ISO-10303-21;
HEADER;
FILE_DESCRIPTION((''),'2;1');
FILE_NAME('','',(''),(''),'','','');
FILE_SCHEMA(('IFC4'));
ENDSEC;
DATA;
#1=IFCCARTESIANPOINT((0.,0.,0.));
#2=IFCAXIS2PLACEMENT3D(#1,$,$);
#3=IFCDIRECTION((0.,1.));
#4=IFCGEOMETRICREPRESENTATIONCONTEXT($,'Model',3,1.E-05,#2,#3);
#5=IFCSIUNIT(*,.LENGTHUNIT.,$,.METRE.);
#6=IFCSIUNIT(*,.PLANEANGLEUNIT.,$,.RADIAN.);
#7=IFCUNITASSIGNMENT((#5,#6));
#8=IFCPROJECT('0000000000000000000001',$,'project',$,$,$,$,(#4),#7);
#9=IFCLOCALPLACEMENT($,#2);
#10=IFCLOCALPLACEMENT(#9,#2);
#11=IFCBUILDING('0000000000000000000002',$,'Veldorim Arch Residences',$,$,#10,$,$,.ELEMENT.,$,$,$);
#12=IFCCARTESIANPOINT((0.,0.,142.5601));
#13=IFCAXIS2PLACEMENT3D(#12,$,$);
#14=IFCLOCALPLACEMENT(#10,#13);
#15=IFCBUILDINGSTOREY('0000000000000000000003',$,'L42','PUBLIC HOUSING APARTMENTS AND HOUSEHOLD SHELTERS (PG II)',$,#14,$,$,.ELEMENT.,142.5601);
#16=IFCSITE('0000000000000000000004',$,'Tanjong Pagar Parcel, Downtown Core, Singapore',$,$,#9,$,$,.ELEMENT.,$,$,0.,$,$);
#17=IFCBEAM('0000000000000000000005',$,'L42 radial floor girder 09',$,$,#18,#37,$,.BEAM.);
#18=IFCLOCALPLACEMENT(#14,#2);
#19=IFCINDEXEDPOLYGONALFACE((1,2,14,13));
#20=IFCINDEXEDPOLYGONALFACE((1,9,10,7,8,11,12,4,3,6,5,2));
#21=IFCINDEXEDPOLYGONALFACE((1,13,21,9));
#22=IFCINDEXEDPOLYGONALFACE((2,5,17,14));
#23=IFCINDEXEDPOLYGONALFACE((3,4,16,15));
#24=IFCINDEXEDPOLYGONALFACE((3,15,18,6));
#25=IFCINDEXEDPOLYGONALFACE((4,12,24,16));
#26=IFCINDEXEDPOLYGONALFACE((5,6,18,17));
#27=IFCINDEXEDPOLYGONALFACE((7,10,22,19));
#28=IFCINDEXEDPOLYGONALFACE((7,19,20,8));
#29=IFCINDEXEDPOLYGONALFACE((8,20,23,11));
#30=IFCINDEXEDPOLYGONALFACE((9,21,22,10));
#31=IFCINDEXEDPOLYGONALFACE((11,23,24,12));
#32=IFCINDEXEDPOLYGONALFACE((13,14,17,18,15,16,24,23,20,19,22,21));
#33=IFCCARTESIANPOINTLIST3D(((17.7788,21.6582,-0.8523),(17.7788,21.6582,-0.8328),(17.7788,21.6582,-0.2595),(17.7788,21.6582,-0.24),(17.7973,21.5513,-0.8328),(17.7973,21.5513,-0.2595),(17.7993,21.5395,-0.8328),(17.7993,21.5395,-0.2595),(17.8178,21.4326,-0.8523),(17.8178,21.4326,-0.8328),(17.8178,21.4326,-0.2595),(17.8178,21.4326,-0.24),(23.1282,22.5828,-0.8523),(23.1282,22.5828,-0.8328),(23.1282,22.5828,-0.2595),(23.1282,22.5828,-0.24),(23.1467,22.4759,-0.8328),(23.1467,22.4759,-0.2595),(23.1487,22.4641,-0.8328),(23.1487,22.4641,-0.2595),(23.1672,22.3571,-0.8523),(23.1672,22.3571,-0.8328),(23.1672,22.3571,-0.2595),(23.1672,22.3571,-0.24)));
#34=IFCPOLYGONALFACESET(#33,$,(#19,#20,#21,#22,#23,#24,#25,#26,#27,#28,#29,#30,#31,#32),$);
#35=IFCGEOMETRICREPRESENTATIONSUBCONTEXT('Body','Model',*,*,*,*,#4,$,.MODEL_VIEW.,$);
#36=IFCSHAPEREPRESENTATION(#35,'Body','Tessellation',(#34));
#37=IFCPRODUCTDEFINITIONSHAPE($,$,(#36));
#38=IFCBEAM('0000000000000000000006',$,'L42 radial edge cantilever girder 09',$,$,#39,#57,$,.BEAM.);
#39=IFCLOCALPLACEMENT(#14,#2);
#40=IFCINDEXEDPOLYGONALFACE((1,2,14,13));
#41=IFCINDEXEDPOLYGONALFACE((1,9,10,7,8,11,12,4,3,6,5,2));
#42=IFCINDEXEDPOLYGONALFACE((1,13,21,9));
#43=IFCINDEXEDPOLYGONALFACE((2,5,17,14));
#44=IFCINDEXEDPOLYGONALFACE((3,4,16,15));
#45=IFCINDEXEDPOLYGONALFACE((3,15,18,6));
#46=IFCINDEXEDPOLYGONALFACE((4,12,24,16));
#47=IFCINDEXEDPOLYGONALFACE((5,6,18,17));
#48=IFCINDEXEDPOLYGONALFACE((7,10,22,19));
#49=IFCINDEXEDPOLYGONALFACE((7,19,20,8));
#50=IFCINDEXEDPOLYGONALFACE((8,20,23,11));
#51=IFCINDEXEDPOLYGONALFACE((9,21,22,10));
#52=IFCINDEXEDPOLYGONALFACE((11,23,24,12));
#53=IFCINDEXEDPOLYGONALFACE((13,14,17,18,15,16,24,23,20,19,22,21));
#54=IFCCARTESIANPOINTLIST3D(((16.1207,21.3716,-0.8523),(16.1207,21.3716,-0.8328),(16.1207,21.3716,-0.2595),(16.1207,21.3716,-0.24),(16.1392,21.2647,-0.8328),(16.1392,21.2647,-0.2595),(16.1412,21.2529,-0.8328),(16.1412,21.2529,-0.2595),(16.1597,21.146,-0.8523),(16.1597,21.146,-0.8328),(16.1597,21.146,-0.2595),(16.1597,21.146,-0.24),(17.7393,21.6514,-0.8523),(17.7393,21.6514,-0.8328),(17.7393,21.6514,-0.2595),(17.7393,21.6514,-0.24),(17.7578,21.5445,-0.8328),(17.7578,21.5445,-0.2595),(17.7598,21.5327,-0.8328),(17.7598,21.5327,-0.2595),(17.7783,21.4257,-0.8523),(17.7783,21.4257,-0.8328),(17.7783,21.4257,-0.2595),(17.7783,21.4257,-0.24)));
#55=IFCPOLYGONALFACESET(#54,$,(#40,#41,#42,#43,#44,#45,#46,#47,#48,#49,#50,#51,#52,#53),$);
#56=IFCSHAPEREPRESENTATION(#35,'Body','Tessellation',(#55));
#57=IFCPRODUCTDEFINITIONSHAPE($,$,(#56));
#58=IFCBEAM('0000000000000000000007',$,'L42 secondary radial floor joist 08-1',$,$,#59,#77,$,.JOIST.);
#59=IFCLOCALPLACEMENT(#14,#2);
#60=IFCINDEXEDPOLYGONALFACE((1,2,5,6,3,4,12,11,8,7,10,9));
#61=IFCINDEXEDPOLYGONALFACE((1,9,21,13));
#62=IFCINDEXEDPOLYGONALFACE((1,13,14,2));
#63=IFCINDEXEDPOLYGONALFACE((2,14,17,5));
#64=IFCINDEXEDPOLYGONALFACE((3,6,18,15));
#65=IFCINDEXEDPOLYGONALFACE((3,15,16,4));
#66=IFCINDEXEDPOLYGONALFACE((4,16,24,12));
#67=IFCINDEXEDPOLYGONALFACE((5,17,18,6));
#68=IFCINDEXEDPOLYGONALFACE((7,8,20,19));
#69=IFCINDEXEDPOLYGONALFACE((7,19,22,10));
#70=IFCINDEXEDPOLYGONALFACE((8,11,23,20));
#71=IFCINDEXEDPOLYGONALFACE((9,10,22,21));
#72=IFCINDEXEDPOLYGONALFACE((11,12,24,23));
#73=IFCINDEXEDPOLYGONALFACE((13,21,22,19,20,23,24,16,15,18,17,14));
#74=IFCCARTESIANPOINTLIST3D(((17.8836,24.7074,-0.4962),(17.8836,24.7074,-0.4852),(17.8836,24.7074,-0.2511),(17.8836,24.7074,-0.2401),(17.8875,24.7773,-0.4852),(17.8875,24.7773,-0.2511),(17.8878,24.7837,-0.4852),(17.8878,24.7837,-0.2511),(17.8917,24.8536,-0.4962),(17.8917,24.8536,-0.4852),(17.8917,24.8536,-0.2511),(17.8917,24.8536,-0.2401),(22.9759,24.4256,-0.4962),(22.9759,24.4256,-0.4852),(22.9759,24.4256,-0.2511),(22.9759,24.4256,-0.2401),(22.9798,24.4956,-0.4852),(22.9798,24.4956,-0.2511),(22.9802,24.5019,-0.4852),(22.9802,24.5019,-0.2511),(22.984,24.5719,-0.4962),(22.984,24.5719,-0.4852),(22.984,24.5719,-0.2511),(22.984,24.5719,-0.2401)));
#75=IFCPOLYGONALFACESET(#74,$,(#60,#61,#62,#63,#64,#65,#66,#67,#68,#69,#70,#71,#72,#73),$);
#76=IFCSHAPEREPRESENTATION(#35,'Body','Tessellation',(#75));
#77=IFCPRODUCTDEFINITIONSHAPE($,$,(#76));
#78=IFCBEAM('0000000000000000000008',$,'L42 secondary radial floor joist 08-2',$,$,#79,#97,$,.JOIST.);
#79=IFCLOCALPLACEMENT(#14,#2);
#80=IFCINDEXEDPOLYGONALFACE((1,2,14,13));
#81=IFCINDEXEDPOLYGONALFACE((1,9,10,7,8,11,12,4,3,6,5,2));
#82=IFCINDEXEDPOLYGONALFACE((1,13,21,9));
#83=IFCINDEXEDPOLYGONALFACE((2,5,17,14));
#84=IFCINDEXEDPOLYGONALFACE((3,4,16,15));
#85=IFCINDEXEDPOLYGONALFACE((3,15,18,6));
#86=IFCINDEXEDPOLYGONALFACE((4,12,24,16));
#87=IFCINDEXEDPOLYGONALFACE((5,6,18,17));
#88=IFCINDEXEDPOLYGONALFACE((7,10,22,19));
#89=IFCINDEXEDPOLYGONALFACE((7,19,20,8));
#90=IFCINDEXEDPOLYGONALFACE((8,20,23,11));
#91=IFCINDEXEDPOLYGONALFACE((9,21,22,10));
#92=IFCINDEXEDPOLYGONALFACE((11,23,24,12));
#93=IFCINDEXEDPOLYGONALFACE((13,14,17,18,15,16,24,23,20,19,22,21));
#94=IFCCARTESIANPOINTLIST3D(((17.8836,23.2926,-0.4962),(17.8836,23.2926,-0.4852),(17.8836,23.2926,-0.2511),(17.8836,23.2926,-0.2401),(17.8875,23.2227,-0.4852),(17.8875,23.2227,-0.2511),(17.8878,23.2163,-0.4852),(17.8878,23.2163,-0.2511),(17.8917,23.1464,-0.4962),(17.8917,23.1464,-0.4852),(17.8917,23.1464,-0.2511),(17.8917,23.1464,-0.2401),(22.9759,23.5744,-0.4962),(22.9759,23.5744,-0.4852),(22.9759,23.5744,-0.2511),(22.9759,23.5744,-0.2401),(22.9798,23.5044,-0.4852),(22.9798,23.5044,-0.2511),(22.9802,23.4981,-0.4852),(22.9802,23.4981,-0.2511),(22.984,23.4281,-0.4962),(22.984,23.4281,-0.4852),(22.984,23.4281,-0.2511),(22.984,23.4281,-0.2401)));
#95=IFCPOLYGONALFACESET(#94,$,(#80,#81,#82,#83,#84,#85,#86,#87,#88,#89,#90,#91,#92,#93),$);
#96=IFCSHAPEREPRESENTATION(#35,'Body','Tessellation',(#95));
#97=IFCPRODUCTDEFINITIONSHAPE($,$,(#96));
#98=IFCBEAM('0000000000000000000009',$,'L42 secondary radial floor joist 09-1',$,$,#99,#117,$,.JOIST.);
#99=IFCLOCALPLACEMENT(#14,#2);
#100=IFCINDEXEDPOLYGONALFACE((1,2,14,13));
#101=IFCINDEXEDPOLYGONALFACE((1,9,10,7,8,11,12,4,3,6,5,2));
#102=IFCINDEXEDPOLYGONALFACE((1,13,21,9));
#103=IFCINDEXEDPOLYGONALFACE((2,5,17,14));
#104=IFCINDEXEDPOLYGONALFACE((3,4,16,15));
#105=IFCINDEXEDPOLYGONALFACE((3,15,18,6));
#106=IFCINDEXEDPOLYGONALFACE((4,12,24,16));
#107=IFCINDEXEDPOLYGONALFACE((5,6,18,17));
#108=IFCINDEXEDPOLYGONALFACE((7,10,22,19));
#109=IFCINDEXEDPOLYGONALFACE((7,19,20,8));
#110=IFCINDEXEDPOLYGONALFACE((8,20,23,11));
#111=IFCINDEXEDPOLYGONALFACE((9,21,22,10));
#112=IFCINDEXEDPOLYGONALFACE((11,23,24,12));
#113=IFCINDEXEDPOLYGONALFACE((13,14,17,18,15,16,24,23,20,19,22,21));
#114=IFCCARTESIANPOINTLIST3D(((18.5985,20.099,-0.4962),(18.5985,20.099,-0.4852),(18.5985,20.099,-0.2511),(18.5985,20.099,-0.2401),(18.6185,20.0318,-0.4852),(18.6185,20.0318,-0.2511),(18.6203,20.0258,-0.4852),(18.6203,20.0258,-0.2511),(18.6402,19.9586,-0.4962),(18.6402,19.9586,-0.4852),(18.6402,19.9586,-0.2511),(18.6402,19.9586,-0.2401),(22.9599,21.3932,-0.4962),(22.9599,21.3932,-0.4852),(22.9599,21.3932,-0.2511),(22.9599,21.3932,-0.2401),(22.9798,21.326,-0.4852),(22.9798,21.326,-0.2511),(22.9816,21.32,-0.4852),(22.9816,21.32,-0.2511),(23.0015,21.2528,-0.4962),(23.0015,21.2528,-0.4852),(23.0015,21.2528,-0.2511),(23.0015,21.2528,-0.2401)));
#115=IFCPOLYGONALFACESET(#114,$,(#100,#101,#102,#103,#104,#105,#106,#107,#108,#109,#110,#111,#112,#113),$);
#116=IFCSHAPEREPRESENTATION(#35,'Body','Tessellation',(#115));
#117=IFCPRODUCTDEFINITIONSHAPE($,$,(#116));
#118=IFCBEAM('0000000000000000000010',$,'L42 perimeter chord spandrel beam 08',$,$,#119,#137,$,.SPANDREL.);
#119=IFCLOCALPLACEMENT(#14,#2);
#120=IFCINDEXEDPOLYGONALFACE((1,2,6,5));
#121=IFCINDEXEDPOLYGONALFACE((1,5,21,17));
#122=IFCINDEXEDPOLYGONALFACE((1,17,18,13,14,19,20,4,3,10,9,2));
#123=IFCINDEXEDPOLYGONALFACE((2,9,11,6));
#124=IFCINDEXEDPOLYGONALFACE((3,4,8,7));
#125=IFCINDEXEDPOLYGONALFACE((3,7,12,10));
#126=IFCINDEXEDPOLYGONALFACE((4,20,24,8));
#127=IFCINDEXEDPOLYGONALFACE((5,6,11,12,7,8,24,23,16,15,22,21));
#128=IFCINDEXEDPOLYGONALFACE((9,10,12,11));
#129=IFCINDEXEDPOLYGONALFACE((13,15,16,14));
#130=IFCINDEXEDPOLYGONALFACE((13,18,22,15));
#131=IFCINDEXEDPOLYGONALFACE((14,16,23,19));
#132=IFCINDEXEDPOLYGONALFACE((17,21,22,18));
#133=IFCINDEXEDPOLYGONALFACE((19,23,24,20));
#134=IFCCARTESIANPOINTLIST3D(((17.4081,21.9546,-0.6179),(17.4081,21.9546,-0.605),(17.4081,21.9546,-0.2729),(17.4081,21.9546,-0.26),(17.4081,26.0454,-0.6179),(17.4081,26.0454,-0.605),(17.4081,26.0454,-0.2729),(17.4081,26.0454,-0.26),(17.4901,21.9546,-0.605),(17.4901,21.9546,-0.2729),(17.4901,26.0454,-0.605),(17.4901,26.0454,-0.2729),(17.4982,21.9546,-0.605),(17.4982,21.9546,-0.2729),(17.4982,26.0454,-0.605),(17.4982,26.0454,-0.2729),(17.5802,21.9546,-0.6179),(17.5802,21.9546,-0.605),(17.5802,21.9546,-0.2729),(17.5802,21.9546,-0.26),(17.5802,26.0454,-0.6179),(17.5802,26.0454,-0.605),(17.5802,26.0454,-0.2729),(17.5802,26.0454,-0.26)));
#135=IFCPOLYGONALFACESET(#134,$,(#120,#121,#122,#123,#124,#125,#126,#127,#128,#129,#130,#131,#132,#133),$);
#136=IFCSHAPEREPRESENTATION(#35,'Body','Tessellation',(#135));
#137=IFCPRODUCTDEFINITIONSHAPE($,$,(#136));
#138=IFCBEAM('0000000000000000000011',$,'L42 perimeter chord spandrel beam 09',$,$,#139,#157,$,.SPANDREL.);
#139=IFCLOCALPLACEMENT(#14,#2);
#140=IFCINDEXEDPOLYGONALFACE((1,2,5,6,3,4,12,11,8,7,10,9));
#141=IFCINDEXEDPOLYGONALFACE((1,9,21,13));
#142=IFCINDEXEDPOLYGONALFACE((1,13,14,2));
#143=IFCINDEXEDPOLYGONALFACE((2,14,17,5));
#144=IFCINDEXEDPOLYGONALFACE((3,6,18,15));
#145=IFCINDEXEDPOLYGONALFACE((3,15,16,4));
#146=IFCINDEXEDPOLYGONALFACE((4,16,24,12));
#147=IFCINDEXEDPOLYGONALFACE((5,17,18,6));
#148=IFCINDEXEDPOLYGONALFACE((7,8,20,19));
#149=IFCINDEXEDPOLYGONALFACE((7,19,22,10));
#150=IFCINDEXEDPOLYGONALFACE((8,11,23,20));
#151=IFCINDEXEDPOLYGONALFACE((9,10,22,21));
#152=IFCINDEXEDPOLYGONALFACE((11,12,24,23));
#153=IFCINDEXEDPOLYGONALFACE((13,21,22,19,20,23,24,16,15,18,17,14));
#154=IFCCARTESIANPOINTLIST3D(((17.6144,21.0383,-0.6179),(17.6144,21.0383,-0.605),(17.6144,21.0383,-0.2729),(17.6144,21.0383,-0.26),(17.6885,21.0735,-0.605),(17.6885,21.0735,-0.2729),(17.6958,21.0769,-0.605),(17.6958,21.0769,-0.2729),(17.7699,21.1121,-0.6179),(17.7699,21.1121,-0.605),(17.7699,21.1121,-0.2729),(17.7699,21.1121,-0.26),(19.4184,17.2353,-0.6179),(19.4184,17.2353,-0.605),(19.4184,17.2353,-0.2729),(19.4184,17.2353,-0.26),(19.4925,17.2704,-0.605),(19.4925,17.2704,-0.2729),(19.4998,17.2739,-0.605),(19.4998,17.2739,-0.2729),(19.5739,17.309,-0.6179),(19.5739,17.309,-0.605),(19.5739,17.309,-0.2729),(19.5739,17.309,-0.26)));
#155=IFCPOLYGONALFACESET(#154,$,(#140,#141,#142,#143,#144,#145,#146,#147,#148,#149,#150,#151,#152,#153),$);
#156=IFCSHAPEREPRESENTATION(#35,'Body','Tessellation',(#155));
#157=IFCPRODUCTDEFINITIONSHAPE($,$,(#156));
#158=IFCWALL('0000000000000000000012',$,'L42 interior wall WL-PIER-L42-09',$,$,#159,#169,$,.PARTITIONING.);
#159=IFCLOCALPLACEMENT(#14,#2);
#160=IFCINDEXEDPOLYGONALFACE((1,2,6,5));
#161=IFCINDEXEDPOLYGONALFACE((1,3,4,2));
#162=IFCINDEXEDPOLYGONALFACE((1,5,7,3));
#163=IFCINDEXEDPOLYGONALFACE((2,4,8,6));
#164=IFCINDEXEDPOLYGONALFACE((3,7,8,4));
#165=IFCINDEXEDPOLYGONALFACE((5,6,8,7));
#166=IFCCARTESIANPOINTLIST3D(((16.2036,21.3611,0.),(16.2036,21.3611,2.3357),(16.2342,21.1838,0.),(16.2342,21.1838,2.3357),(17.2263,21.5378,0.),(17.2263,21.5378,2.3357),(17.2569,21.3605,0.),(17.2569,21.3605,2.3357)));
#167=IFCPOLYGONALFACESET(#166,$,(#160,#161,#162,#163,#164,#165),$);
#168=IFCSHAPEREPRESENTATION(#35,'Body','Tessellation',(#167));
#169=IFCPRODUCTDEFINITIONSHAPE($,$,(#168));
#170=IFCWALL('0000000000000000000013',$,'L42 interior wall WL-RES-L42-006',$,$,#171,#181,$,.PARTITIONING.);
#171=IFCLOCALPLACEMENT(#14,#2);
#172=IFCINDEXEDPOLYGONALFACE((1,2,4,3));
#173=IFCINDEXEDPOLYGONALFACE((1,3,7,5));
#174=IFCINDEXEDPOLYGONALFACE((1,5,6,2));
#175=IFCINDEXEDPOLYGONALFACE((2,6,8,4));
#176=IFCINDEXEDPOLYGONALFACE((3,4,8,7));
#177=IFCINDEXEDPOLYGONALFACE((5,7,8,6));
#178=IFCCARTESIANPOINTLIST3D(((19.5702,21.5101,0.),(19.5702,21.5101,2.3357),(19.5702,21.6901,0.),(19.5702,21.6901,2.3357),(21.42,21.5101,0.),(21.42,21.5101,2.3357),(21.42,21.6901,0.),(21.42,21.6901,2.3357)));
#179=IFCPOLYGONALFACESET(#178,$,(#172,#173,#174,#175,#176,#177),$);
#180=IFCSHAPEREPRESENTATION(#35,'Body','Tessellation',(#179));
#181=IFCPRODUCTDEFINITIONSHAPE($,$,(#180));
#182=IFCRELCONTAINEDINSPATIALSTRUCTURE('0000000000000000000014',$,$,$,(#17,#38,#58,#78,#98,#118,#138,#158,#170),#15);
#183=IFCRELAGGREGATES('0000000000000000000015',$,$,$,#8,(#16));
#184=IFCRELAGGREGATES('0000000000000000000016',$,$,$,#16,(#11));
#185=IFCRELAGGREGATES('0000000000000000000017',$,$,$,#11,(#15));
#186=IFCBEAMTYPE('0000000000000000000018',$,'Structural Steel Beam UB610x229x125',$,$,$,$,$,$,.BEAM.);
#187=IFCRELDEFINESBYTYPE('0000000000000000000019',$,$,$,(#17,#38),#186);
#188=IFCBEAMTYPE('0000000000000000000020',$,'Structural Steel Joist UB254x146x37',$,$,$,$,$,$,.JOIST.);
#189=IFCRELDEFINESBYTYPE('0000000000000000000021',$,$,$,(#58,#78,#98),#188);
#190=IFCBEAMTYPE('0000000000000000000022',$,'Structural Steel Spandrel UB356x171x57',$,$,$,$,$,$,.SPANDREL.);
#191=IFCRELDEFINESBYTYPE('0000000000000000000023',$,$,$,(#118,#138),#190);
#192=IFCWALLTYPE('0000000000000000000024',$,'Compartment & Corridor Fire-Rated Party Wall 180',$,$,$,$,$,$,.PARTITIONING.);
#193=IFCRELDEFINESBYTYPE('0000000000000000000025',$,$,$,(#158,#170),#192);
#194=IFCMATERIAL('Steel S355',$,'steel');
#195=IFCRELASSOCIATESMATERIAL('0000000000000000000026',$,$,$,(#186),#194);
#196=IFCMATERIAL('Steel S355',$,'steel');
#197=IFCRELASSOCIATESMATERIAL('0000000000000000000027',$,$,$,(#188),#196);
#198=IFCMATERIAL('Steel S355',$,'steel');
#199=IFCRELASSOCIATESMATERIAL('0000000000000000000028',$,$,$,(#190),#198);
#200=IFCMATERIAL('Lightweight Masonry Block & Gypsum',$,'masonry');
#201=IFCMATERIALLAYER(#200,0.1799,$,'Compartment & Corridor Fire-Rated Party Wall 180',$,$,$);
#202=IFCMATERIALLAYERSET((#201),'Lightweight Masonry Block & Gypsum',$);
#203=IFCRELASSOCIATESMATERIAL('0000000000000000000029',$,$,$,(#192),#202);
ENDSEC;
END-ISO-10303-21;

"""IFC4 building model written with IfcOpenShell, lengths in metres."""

from ifc_helpers import new_model, si_unit, direction, frame, frame_2d, origin, origin_2d, place, context, subcontext, project, spatial, rectangle, i_section, extrude, material, layer, layer_set, material_profile, profile_set, type_object, element, save


model = new_model("IFC4")

# Units and contexts
model_context = context("Model", 3, precision=1e-05, world=origin(), true_north=direction((0.0, 1.0)))
body_context = subcontext(model_context, "Body", "Model", "MODEL_VIEW")
ifc_project = project(units=[si_unit("LENGTHUNIT", "METRE"), si_unit("PLANEANGLEUNIT", "RADIAN")], contexts=[model_context])

# Site, building, storey
site_placement = place(None, origin())
site = spatial("IfcSite", under=ifc_project, at=site_placement, Name="Tanjong Pagar Parcel, Downtown Core, Singapore", CompositionType="ELEMENT", RefElevation=0.0)
building_placement = place(site_placement, origin())
building = spatial("IfcBuilding", under=site, at=building_placement, Name="Veldorim Arch Residences", CompositionType="ELEMENT")
storey_placement = place(building_placement, frame((0.0, 0.0, 142.5601)))
storey = spatial("IfcBuildingStorey", under=building, at=storey_placement, Name="L42", Description="PUBLIC HOUSING APARTMENTS AND HOUSEHOLD SHELTERS (PG II)", CompositionType="ELEMENT", Elevation=142.5601)

# Beams
ifc_material_1 = material(Name="Steel S355", Category="steel")
ifc_material_profile_1 = material_profile(ifc_material_1, i_section(OverallWidth=0.229, OverallDepth=0.6123, WebThickness=0.012, FlangeThickness=0.0195, at=origin_2d()), Name="UB610x229x125")
ifc_profile_set_1 = profile_set([ifc_material_profile_1], Name="Steel S355")
beam_type_1 = type_object("IfcBeamType", Name="Structural Steel Beam UB610x229x125", PredefinedType="BEAM", material=ifc_profile_set_1)
beam_1_placement = place(storey_placement, frame((23.1477, 22.47, -0.5461), z_axis=(-0.98539, -0.170311, 0.0), x_axis=(0.170311, -0.98539, 0.0)))
element("IfcBeam", 1, at=beam_1_placement, inside=storey, type_object=beam_type_1, Name="L42 radial floor girder 09", PredefinedType="BEAM", context=body_context, shape_type="SweptSolid", body=[
    extrude(i_section(OverallWidth=0.229, OverallDepth=0.6123, WebThickness=0.012, FlangeThickness=0.0195, at=origin_2d()), origin(), (0.0, 0.0, 1.0), 5.4287),
])
beam_2_placement = place(storey_placement, frame((17.7588, 21.5386, -0.5461), z_axis=(-0.985388, -0.170325, 0.0), x_axis=(0.170325, -0.985388, 0.0)))
element("IfcBeam", 2, at=beam_2_placement, inside=storey, type_object=beam_type_1, Name="L42 radial edge cantilever girder 09", PredefinedType="BEAM", context=body_context, shape_type="SweptSolid", body=[
    extrude(i_section(OverallWidth=0.229, OverallDepth=0.6123, WebThickness=0.012, FlangeThickness=0.0195, at=origin_2d()), origin(), (0.0, 0.0, 1.0), 1.6426),
])
ifc_material_2 = material(Name="Steel S355", Category="steel")
ifc_material_profile_2 = material_profile(ifc_material_2, i_section(OverallWidth=0.1465, OverallDepth=0.2561, WebThickness=0.0063, FlangeThickness=0.011, at=origin_2d()), Name="UB254x146x37")
ifc_profile_set_2 = profile_set([ifc_material_profile_2], Name="Steel S355")
beam_type_2 = type_object("IfcBeamType", Name="Structural Steel Joist UB254x146x37", PredefinedType="JOIST", material=ifc_profile_set_2)
for number, where, z_axis, x_axis, name in (
    (3, (22.98, 24.4988, -0.3682), (-0.998473, 0.055242, 0.0), (-0.055242, -0.998473, 0.0), "L42 secondary radial floor joist 08-1"),
    (4, (22.98, 23.5012, -0.3682), (-0.998473, -0.055242, 0.0), (0.055242, -0.998473, 0.0), "L42 secondary radial floor joist 08-2"),
):
    element("IfcBeam", number, at=place(storey_placement, frame(where, z_axis=z_axis, x_axis=x_axis)), inside=storey, type_object=beam_type_2, Name=name, PredefinedType="JOIST", context=body_context, shape_type="SweptSolid", body=[
        extrude(i_section(OverallWidth=0.1465, OverallDepth=0.2561, WebThickness=0.0063, FlangeThickness=0.011, at=origin_2d()), origin(), (0.0, 0.0, 1.0), 5.1001),
    ])
beam_3_placement = place(storey_placement, frame((22.9807, 21.323, -0.3682), z_axis=(-0.958682, -0.284481, 0.0), x_axis=(0.284481, -0.958682, 0.0)))
element("IfcBeam", 5, at=beam_3_placement, inside=storey, type_object=beam_type_2, Name="L42 secondary radial floor joist 09-1", PredefinedType="JOIST", context=body_context, shape_type="SweptSolid", body=[
    extrude(i_section(OverallWidth=0.1465, OverallDepth=0.2561, WebThickness=0.0063, FlangeThickness=0.011, at=origin_2d()), origin(), (0.0, 0.0, 1.0), 4.5493),
])
ifc_material_3 = material(Name="Steel S355", Category="steel")
ifc_material_profile_3 = material_profile(ifc_material_3, i_section(OverallWidth=0.1721, OverallDepth=0.3579, WebThickness=0.0081, FlangeThickness=0.0129, at=origin_2d()), Name="UB356x171x57")
ifc_profile_set_3 = profile_set([ifc_material_profile_3], Name="Steel S355")
beam_type_3 = type_object("IfcBeamType", Name="Structural Steel Spandrel UB356x171x57", PredefinedType="SPANDREL", material=ifc_profile_set_3)
beam_4_placement = place(storey_placement, frame((17.4941, 26.0454, -0.439), z_axis=(0.0, -1.0, 0.0), x_axis=(1.0, 0.0, 0.0)))
element("IfcBeam", 6, at=beam_4_placement, inside=storey, type_object=beam_type_3, Name="L42 perimeter chord spandrel beam 08", PredefinedType="SPANDREL", context=body_context, shape_type="SweptSolid", body=[
    extrude(i_section(OverallWidth=0.1721, OverallDepth=0.3579, WebThickness=0.0081, FlangeThickness=0.0129, at=origin_2d()), origin(), (0.0, 0.0, 1.0), 4.0908),
])
beam_5_placement = place(storey_placement, frame((17.6921, 21.0752, -0.439), z_axis=(0.42858, -0.903504, 0.0), x_axis=(0.903504, 0.42858, 0.0)))
element("IfcBeam", 7, at=beam_5_placement, inside=storey, type_object=beam_type_3, Name="L42 perimeter chord spandrel beam 09", PredefinedType="SPANDREL", context=body_context, shape_type="SweptSolid", body=[
    extrude(i_section(OverallWidth=0.1721, OverallDepth=0.3579, WebThickness=0.0081, FlangeThickness=0.0129, at=origin_2d()), origin(), (0.0, 0.0, 1.0), 4.2092),
])

# Walls
ifc_material_4 = material(Name="Lightweight Masonry Block & Gypsum", Category="masonry")
ifc_layer_1 = layer(ifc_material_4, 0.1799, Name="Compartment & Corridor Fire-Rated Party Wall 180")
ifc_layer_set_1 = layer_set([ifc_layer_1], Name="Lightweight Masonry Block & Gypsum")
wall_type_1 = type_object("IfcWallType", Name="Compartment & Corridor Fire-Rated Party Wall 180", PredefinedType="PARTITIONING", material=ifc_layer_set_1)
wall_1_placement = place(storey_placement, frame((17.2417, 21.4492, 0.0), z_axis=(0.0, 0.0, 1.0), x_axis=(-0.985391, -0.170309, 0.0)))
element("IfcWall", 8, at=wall_1_placement, inside=storey, type_object=wall_type_1, Name="L42 interior wall WL-PIER-L42-09", PredefinedType="PARTITIONING", context=body_context, shape_type="SweptSolid", body=[
    extrude(rectangle(XDim=1.0378, YDim=0.1799, at=frame_2d((0.519, 0.0))), origin(), (0.0, 0.0, 1.0), 2.3357),
])
wall_2_placement = place(storey_placement, frame((21.4199, 21.6001, 0.0), z_axis=(0.0, 0.0, 1.0), x_axis=(-1.0, 0.0, 0.0)))
element("IfcWall", 9, at=wall_2_placement, inside=storey, type_object=wall_type_1, Name="L42 interior wall WL-RES-L42-006", PredefinedType="PARTITIONING", context=body_context, shape_type="SweptSolid", body=[
    extrude(rectangle(XDim=1.8499, YDim=0.1799, at=frame_2d((0.9248, 0.0))), origin(), (0.0, 0.0, 1.0), 2.3357),
])

save(model, "model.ifc")
